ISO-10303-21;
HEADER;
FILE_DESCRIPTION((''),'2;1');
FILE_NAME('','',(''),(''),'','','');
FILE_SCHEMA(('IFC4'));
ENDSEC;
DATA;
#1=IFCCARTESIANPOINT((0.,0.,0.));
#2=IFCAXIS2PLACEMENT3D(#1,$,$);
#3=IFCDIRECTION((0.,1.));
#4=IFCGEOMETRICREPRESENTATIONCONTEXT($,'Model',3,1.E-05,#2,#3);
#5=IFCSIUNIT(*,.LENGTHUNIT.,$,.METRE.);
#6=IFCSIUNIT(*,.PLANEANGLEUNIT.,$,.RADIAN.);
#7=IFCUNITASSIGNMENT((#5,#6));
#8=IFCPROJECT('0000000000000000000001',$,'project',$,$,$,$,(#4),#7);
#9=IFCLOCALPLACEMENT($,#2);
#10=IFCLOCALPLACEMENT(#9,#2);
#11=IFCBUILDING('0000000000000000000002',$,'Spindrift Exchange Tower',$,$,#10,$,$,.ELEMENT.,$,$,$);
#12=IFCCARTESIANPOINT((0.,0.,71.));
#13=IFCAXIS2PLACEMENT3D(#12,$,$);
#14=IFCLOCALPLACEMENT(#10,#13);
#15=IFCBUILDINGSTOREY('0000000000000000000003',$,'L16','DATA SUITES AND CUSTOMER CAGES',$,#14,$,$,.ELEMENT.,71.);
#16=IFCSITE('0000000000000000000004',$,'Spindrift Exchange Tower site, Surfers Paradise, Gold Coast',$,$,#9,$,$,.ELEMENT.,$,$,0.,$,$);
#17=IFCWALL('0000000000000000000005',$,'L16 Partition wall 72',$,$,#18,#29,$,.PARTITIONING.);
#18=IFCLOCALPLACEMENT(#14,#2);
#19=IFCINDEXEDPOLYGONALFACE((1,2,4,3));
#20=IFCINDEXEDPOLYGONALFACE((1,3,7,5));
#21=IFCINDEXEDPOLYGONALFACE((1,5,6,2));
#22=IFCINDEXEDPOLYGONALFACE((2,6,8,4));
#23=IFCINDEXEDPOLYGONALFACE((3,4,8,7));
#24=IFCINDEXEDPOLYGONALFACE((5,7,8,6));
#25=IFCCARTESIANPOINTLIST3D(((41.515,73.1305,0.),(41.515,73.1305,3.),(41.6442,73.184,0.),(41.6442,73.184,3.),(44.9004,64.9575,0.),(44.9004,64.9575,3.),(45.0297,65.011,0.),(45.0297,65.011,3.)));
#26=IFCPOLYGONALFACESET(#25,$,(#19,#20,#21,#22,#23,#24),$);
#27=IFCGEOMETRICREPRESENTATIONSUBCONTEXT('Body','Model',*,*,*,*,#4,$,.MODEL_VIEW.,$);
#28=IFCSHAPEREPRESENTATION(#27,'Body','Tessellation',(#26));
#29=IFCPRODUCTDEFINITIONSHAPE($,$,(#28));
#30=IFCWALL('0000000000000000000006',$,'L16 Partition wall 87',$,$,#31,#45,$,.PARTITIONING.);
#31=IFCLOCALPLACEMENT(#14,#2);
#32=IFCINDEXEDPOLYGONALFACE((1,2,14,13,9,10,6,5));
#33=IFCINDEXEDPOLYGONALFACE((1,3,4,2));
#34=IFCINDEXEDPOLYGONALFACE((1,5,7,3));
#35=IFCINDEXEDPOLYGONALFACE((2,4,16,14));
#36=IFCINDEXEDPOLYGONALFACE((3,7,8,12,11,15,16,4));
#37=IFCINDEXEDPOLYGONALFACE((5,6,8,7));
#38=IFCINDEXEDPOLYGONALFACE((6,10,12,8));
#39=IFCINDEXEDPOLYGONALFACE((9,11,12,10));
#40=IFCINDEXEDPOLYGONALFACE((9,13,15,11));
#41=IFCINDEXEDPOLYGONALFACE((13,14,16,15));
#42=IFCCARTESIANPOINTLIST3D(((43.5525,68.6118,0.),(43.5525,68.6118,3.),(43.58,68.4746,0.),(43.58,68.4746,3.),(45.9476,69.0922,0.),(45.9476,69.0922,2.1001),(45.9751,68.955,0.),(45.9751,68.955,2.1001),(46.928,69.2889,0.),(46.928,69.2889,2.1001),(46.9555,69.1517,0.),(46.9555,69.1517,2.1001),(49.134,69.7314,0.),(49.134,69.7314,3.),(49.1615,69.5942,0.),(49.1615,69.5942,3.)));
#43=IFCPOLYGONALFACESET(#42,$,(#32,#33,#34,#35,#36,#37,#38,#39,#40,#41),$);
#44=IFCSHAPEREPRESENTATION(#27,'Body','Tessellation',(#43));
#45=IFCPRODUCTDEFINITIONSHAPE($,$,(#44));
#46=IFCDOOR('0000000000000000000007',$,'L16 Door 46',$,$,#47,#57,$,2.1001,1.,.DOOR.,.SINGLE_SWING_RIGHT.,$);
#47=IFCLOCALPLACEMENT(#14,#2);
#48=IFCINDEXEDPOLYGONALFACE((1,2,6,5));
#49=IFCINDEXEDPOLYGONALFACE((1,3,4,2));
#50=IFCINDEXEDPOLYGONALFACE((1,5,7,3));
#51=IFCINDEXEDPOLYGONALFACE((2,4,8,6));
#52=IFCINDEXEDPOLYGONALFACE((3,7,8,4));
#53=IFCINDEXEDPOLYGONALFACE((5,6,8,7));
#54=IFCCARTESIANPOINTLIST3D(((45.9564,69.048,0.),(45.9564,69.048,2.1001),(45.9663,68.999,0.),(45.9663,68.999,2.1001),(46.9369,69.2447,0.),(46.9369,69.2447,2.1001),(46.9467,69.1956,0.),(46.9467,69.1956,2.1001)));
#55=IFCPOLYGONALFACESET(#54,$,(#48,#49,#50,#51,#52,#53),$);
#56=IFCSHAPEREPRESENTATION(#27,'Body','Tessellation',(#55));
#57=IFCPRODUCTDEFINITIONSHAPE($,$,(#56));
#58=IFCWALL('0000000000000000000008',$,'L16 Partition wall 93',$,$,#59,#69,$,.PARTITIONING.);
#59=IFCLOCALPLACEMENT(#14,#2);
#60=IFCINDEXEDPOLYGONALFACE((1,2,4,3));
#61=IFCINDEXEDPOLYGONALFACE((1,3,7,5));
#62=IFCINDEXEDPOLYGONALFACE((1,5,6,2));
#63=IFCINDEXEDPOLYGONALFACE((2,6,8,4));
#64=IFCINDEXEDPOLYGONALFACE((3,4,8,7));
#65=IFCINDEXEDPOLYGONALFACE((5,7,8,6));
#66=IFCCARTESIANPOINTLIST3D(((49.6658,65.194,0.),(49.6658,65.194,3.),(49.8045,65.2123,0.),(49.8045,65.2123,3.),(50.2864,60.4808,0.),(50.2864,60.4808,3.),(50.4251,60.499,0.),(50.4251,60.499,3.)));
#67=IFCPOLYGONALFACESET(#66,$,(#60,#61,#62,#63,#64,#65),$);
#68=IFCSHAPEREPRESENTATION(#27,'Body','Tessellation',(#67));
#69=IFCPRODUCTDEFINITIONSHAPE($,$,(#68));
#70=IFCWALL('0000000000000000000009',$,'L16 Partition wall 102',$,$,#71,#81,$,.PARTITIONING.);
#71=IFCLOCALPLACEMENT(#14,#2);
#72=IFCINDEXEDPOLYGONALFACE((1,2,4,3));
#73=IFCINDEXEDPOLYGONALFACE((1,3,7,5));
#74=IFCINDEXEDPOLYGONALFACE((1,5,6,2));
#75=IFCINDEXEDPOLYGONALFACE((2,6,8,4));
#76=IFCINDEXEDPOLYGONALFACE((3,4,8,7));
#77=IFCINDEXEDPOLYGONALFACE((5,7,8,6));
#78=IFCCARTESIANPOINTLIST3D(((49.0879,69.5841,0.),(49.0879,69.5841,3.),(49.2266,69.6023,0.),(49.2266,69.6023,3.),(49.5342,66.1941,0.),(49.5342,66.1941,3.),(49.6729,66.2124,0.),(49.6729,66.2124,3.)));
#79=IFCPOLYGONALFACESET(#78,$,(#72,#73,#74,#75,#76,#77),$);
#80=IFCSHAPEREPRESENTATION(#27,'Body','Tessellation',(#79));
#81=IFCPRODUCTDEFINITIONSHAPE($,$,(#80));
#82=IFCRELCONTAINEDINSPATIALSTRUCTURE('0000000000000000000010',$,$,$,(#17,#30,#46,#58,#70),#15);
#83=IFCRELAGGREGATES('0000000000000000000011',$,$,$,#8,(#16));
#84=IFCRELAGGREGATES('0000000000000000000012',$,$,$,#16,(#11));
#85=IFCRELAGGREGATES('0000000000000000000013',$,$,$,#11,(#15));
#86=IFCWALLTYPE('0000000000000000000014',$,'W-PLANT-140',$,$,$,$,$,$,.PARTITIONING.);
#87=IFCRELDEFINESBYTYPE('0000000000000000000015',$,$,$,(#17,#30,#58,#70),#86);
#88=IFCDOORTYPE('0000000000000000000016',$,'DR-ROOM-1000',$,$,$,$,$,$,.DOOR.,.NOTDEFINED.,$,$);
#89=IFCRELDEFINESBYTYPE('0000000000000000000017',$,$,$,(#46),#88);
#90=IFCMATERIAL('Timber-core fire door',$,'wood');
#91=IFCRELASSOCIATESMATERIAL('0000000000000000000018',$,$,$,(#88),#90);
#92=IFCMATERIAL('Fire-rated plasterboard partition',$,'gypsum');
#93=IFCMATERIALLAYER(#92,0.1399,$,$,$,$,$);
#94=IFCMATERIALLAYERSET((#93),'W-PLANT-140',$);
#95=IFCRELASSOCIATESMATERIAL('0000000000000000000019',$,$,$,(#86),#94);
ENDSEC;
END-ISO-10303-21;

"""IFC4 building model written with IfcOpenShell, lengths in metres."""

from ifc_helpers import new_model, si_unit, direction, frame, frame_2d, origin, place, context, subcontext, project, spatial, rectangle, extrude, source, transform, mapped, material, layer, layer_set, type_object, element, fill, save


model = new_model("IFC4")

# Units and contexts
model_context = context("Model", 3, precision=1e-05, world=origin(), true_north=direction((0.0, 1.0)))
body_context = subcontext(model_context, "Body", "Model", "MODEL_VIEW")
ifc_project = project(units=[si_unit("LENGTHUNIT", "METRE"), si_unit("PLANEANGLEUNIT", "RADIAN")], contexts=[model_context])

# Site, building, storey
site_placement = place(None, origin())
site = spatial("IfcSite", under=ifc_project, at=site_placement, Name="Spindrift Exchange Tower site, Surfers Paradise, Gold Coast", CompositionType="ELEMENT", RefElevation=0.0)
building_placement = place(site_placement, origin())
building = spatial("IfcBuilding", under=site, at=building_placement, Name="Spindrift Exchange Tower", CompositionType="ELEMENT")
storey_placement = place(building_placement, frame((0.0, 0.0, 71.0)))
storey = spatial("IfcBuildingStorey", under=building, at=storey_placement, Name="L16", Description="DATA SUITES AND CUSTOMER CAGES", CompositionType="ELEMENT", Elevation=71.0)

# Shared definitions
ifc_material_1 = material(Name="Fire-rated plasterboard partition", Category="gypsum")

# Shared definitions
ifc_material_2 = material(Name="Timber-core fire door", Category="wood")
door_type = type_object("IfcDoorType", Name="DR-ROOM-1000", OperationType="NOTDEFINED", PredefinedType="DOOR", material=ifc_material_2)
shared_shape_1 = source(origin(), body_context, "Body", "SweptSolid", [
    extrude(rectangle(XDim=1.0, YDim=2.1001, at=frame_2d((0.5, 1.05))), frame((0.0, 0.0249, 0.0), z_axis=(0.0, -1.0, 0.0), x_axis=(1.0, 0.0, 0.0)), (0.0, 0.0, 1.0), 0.05),
])

# Wall
ifc_layer_1 = layer(ifc_material_1, 0.1399)
ifc_layer_set_1 = layer_set([ifc_layer_1], Name="W-PLANT-140")
wall_type_1 = type_object("IfcWallType", Name="W-PLANT-140", PredefinedType="PARTITIONING", material=ifc_layer_set_1)
wall_1_placement = place(storey_placement, frame((44.9651, 64.9841, 0.0), z_axis=(0.0, 0.0, 1.0), x_axis=(-0.382692, 0.923876, 0.0)))
element("IfcWall", 1, at=wall_1_placement, inside=storey, type_object=wall_type_1, Name="L16 Partition wall 72", PredefinedType="PARTITIONING", context=body_context, shape_type="SweptSolid", body=[
    extrude(rectangle(XDim=8.8464, YDim=0.1399, at=frame_2d((4.4233, 0.0))), origin(), (0.0, 0.0, 1.0), 3.0),
])

# Wall, opening, door
wall_2_placement = place(storey_placement, frame((43.5664, 68.5432, 0.0), z_axis=(0.0, 0.0, 1.0), x_axis=(0.980468, 0.196677, 0.0)))
wall_2 = element("IfcWall", 2, at=wall_2_placement, inside=storey, type_object=wall_type_1, Name="L16 Partition wall 87", PredefinedType="PARTITIONING", context=body_context, shape_type="SweptSolid", body=[
    extrude(rectangle(XDim=5.6926, YDim=0.1399, at=frame_2d((2.8462, 0.0))), origin(), (0.0, 0.0, 1.0), 3.0),
])
opening_1_placement = place(wall_2_placement, frame((2.4426, 0.0, 0.0)))
opening_1 = element("IfcOpeningElement", 3, at=opening_1_placement, cuts=wall_2, PredefinedType="OPENING", context=body_context, shape_type="SweptSolid", body=[
    extrude(rectangle(XDim=1.0, YDim=2.1001, at=frame_2d((0.5, 1.05))), frame((0.0, 0.0798, 0.0), z_axis=(0.0, -1.0, 0.0), x_axis=(1.0, 0.0, 0.0)), (0.0, 0.0, 1.0), 0.1599),
])
door_1_placement = place(opening_1_placement, origin())
door_1 = element("IfcDoor", 4, at=door_1_placement, inside=storey, type_object=door_type, Name="L16 Door 46", OperationType="SINGLE_SWING_RIGHT", OverallHeight=2.1001, OverallWidth=1.0, PredefinedType="DOOR", context=body_context, shape_type="MappedRepresentation", body=[
    mapped(shared_shape_1, transform((0.0, 0.0, 0.0), scale=1.0)),
])
fill(opening_1, door_1)

# Walls
wall_3_placement = place(storey_placement, frame((49.7351, 65.2031, 0.0), z_axis=(0.0, 0.0, 1.0), x_axis=(0.130549, -0.991442, 0.0)))
element("IfcWall", 5, at=wall_3_placement, inside=storey, type_object=wall_type_1, Name="L16 Partition wall 93", PredefinedType="PARTITIONING", context=body_context, shape_type="SweptSolid", body=[
    extrude(rectangle(XDim=4.7539, YDim=0.1399, at=frame_2d((2.377, 0.0))), origin(), (0.0, 0.0, 1.0), 3.0),
])
wall_4_placement = place(storey_placement, frame((49.6035, 66.2034, 0.0), z_axis=(0.0, 0.0, 1.0), x_axis=(-0.130527, 0.991445, 0.0)))
element("IfcWall", 6, at=wall_4_placement, inside=storey, type_object=wall_type_1, Name="L16 Partition wall 102", PredefinedType="PARTITIONING", context=body_context, shape_type="SweptSolid", body=[
    extrude(rectangle(XDim=3.4192, YDim=0.1399, at=frame_2d((1.7095, 0.0))), origin(), (0.0, 0.0, 1.0), 3.0),
])

save(model, "model.ifc")
